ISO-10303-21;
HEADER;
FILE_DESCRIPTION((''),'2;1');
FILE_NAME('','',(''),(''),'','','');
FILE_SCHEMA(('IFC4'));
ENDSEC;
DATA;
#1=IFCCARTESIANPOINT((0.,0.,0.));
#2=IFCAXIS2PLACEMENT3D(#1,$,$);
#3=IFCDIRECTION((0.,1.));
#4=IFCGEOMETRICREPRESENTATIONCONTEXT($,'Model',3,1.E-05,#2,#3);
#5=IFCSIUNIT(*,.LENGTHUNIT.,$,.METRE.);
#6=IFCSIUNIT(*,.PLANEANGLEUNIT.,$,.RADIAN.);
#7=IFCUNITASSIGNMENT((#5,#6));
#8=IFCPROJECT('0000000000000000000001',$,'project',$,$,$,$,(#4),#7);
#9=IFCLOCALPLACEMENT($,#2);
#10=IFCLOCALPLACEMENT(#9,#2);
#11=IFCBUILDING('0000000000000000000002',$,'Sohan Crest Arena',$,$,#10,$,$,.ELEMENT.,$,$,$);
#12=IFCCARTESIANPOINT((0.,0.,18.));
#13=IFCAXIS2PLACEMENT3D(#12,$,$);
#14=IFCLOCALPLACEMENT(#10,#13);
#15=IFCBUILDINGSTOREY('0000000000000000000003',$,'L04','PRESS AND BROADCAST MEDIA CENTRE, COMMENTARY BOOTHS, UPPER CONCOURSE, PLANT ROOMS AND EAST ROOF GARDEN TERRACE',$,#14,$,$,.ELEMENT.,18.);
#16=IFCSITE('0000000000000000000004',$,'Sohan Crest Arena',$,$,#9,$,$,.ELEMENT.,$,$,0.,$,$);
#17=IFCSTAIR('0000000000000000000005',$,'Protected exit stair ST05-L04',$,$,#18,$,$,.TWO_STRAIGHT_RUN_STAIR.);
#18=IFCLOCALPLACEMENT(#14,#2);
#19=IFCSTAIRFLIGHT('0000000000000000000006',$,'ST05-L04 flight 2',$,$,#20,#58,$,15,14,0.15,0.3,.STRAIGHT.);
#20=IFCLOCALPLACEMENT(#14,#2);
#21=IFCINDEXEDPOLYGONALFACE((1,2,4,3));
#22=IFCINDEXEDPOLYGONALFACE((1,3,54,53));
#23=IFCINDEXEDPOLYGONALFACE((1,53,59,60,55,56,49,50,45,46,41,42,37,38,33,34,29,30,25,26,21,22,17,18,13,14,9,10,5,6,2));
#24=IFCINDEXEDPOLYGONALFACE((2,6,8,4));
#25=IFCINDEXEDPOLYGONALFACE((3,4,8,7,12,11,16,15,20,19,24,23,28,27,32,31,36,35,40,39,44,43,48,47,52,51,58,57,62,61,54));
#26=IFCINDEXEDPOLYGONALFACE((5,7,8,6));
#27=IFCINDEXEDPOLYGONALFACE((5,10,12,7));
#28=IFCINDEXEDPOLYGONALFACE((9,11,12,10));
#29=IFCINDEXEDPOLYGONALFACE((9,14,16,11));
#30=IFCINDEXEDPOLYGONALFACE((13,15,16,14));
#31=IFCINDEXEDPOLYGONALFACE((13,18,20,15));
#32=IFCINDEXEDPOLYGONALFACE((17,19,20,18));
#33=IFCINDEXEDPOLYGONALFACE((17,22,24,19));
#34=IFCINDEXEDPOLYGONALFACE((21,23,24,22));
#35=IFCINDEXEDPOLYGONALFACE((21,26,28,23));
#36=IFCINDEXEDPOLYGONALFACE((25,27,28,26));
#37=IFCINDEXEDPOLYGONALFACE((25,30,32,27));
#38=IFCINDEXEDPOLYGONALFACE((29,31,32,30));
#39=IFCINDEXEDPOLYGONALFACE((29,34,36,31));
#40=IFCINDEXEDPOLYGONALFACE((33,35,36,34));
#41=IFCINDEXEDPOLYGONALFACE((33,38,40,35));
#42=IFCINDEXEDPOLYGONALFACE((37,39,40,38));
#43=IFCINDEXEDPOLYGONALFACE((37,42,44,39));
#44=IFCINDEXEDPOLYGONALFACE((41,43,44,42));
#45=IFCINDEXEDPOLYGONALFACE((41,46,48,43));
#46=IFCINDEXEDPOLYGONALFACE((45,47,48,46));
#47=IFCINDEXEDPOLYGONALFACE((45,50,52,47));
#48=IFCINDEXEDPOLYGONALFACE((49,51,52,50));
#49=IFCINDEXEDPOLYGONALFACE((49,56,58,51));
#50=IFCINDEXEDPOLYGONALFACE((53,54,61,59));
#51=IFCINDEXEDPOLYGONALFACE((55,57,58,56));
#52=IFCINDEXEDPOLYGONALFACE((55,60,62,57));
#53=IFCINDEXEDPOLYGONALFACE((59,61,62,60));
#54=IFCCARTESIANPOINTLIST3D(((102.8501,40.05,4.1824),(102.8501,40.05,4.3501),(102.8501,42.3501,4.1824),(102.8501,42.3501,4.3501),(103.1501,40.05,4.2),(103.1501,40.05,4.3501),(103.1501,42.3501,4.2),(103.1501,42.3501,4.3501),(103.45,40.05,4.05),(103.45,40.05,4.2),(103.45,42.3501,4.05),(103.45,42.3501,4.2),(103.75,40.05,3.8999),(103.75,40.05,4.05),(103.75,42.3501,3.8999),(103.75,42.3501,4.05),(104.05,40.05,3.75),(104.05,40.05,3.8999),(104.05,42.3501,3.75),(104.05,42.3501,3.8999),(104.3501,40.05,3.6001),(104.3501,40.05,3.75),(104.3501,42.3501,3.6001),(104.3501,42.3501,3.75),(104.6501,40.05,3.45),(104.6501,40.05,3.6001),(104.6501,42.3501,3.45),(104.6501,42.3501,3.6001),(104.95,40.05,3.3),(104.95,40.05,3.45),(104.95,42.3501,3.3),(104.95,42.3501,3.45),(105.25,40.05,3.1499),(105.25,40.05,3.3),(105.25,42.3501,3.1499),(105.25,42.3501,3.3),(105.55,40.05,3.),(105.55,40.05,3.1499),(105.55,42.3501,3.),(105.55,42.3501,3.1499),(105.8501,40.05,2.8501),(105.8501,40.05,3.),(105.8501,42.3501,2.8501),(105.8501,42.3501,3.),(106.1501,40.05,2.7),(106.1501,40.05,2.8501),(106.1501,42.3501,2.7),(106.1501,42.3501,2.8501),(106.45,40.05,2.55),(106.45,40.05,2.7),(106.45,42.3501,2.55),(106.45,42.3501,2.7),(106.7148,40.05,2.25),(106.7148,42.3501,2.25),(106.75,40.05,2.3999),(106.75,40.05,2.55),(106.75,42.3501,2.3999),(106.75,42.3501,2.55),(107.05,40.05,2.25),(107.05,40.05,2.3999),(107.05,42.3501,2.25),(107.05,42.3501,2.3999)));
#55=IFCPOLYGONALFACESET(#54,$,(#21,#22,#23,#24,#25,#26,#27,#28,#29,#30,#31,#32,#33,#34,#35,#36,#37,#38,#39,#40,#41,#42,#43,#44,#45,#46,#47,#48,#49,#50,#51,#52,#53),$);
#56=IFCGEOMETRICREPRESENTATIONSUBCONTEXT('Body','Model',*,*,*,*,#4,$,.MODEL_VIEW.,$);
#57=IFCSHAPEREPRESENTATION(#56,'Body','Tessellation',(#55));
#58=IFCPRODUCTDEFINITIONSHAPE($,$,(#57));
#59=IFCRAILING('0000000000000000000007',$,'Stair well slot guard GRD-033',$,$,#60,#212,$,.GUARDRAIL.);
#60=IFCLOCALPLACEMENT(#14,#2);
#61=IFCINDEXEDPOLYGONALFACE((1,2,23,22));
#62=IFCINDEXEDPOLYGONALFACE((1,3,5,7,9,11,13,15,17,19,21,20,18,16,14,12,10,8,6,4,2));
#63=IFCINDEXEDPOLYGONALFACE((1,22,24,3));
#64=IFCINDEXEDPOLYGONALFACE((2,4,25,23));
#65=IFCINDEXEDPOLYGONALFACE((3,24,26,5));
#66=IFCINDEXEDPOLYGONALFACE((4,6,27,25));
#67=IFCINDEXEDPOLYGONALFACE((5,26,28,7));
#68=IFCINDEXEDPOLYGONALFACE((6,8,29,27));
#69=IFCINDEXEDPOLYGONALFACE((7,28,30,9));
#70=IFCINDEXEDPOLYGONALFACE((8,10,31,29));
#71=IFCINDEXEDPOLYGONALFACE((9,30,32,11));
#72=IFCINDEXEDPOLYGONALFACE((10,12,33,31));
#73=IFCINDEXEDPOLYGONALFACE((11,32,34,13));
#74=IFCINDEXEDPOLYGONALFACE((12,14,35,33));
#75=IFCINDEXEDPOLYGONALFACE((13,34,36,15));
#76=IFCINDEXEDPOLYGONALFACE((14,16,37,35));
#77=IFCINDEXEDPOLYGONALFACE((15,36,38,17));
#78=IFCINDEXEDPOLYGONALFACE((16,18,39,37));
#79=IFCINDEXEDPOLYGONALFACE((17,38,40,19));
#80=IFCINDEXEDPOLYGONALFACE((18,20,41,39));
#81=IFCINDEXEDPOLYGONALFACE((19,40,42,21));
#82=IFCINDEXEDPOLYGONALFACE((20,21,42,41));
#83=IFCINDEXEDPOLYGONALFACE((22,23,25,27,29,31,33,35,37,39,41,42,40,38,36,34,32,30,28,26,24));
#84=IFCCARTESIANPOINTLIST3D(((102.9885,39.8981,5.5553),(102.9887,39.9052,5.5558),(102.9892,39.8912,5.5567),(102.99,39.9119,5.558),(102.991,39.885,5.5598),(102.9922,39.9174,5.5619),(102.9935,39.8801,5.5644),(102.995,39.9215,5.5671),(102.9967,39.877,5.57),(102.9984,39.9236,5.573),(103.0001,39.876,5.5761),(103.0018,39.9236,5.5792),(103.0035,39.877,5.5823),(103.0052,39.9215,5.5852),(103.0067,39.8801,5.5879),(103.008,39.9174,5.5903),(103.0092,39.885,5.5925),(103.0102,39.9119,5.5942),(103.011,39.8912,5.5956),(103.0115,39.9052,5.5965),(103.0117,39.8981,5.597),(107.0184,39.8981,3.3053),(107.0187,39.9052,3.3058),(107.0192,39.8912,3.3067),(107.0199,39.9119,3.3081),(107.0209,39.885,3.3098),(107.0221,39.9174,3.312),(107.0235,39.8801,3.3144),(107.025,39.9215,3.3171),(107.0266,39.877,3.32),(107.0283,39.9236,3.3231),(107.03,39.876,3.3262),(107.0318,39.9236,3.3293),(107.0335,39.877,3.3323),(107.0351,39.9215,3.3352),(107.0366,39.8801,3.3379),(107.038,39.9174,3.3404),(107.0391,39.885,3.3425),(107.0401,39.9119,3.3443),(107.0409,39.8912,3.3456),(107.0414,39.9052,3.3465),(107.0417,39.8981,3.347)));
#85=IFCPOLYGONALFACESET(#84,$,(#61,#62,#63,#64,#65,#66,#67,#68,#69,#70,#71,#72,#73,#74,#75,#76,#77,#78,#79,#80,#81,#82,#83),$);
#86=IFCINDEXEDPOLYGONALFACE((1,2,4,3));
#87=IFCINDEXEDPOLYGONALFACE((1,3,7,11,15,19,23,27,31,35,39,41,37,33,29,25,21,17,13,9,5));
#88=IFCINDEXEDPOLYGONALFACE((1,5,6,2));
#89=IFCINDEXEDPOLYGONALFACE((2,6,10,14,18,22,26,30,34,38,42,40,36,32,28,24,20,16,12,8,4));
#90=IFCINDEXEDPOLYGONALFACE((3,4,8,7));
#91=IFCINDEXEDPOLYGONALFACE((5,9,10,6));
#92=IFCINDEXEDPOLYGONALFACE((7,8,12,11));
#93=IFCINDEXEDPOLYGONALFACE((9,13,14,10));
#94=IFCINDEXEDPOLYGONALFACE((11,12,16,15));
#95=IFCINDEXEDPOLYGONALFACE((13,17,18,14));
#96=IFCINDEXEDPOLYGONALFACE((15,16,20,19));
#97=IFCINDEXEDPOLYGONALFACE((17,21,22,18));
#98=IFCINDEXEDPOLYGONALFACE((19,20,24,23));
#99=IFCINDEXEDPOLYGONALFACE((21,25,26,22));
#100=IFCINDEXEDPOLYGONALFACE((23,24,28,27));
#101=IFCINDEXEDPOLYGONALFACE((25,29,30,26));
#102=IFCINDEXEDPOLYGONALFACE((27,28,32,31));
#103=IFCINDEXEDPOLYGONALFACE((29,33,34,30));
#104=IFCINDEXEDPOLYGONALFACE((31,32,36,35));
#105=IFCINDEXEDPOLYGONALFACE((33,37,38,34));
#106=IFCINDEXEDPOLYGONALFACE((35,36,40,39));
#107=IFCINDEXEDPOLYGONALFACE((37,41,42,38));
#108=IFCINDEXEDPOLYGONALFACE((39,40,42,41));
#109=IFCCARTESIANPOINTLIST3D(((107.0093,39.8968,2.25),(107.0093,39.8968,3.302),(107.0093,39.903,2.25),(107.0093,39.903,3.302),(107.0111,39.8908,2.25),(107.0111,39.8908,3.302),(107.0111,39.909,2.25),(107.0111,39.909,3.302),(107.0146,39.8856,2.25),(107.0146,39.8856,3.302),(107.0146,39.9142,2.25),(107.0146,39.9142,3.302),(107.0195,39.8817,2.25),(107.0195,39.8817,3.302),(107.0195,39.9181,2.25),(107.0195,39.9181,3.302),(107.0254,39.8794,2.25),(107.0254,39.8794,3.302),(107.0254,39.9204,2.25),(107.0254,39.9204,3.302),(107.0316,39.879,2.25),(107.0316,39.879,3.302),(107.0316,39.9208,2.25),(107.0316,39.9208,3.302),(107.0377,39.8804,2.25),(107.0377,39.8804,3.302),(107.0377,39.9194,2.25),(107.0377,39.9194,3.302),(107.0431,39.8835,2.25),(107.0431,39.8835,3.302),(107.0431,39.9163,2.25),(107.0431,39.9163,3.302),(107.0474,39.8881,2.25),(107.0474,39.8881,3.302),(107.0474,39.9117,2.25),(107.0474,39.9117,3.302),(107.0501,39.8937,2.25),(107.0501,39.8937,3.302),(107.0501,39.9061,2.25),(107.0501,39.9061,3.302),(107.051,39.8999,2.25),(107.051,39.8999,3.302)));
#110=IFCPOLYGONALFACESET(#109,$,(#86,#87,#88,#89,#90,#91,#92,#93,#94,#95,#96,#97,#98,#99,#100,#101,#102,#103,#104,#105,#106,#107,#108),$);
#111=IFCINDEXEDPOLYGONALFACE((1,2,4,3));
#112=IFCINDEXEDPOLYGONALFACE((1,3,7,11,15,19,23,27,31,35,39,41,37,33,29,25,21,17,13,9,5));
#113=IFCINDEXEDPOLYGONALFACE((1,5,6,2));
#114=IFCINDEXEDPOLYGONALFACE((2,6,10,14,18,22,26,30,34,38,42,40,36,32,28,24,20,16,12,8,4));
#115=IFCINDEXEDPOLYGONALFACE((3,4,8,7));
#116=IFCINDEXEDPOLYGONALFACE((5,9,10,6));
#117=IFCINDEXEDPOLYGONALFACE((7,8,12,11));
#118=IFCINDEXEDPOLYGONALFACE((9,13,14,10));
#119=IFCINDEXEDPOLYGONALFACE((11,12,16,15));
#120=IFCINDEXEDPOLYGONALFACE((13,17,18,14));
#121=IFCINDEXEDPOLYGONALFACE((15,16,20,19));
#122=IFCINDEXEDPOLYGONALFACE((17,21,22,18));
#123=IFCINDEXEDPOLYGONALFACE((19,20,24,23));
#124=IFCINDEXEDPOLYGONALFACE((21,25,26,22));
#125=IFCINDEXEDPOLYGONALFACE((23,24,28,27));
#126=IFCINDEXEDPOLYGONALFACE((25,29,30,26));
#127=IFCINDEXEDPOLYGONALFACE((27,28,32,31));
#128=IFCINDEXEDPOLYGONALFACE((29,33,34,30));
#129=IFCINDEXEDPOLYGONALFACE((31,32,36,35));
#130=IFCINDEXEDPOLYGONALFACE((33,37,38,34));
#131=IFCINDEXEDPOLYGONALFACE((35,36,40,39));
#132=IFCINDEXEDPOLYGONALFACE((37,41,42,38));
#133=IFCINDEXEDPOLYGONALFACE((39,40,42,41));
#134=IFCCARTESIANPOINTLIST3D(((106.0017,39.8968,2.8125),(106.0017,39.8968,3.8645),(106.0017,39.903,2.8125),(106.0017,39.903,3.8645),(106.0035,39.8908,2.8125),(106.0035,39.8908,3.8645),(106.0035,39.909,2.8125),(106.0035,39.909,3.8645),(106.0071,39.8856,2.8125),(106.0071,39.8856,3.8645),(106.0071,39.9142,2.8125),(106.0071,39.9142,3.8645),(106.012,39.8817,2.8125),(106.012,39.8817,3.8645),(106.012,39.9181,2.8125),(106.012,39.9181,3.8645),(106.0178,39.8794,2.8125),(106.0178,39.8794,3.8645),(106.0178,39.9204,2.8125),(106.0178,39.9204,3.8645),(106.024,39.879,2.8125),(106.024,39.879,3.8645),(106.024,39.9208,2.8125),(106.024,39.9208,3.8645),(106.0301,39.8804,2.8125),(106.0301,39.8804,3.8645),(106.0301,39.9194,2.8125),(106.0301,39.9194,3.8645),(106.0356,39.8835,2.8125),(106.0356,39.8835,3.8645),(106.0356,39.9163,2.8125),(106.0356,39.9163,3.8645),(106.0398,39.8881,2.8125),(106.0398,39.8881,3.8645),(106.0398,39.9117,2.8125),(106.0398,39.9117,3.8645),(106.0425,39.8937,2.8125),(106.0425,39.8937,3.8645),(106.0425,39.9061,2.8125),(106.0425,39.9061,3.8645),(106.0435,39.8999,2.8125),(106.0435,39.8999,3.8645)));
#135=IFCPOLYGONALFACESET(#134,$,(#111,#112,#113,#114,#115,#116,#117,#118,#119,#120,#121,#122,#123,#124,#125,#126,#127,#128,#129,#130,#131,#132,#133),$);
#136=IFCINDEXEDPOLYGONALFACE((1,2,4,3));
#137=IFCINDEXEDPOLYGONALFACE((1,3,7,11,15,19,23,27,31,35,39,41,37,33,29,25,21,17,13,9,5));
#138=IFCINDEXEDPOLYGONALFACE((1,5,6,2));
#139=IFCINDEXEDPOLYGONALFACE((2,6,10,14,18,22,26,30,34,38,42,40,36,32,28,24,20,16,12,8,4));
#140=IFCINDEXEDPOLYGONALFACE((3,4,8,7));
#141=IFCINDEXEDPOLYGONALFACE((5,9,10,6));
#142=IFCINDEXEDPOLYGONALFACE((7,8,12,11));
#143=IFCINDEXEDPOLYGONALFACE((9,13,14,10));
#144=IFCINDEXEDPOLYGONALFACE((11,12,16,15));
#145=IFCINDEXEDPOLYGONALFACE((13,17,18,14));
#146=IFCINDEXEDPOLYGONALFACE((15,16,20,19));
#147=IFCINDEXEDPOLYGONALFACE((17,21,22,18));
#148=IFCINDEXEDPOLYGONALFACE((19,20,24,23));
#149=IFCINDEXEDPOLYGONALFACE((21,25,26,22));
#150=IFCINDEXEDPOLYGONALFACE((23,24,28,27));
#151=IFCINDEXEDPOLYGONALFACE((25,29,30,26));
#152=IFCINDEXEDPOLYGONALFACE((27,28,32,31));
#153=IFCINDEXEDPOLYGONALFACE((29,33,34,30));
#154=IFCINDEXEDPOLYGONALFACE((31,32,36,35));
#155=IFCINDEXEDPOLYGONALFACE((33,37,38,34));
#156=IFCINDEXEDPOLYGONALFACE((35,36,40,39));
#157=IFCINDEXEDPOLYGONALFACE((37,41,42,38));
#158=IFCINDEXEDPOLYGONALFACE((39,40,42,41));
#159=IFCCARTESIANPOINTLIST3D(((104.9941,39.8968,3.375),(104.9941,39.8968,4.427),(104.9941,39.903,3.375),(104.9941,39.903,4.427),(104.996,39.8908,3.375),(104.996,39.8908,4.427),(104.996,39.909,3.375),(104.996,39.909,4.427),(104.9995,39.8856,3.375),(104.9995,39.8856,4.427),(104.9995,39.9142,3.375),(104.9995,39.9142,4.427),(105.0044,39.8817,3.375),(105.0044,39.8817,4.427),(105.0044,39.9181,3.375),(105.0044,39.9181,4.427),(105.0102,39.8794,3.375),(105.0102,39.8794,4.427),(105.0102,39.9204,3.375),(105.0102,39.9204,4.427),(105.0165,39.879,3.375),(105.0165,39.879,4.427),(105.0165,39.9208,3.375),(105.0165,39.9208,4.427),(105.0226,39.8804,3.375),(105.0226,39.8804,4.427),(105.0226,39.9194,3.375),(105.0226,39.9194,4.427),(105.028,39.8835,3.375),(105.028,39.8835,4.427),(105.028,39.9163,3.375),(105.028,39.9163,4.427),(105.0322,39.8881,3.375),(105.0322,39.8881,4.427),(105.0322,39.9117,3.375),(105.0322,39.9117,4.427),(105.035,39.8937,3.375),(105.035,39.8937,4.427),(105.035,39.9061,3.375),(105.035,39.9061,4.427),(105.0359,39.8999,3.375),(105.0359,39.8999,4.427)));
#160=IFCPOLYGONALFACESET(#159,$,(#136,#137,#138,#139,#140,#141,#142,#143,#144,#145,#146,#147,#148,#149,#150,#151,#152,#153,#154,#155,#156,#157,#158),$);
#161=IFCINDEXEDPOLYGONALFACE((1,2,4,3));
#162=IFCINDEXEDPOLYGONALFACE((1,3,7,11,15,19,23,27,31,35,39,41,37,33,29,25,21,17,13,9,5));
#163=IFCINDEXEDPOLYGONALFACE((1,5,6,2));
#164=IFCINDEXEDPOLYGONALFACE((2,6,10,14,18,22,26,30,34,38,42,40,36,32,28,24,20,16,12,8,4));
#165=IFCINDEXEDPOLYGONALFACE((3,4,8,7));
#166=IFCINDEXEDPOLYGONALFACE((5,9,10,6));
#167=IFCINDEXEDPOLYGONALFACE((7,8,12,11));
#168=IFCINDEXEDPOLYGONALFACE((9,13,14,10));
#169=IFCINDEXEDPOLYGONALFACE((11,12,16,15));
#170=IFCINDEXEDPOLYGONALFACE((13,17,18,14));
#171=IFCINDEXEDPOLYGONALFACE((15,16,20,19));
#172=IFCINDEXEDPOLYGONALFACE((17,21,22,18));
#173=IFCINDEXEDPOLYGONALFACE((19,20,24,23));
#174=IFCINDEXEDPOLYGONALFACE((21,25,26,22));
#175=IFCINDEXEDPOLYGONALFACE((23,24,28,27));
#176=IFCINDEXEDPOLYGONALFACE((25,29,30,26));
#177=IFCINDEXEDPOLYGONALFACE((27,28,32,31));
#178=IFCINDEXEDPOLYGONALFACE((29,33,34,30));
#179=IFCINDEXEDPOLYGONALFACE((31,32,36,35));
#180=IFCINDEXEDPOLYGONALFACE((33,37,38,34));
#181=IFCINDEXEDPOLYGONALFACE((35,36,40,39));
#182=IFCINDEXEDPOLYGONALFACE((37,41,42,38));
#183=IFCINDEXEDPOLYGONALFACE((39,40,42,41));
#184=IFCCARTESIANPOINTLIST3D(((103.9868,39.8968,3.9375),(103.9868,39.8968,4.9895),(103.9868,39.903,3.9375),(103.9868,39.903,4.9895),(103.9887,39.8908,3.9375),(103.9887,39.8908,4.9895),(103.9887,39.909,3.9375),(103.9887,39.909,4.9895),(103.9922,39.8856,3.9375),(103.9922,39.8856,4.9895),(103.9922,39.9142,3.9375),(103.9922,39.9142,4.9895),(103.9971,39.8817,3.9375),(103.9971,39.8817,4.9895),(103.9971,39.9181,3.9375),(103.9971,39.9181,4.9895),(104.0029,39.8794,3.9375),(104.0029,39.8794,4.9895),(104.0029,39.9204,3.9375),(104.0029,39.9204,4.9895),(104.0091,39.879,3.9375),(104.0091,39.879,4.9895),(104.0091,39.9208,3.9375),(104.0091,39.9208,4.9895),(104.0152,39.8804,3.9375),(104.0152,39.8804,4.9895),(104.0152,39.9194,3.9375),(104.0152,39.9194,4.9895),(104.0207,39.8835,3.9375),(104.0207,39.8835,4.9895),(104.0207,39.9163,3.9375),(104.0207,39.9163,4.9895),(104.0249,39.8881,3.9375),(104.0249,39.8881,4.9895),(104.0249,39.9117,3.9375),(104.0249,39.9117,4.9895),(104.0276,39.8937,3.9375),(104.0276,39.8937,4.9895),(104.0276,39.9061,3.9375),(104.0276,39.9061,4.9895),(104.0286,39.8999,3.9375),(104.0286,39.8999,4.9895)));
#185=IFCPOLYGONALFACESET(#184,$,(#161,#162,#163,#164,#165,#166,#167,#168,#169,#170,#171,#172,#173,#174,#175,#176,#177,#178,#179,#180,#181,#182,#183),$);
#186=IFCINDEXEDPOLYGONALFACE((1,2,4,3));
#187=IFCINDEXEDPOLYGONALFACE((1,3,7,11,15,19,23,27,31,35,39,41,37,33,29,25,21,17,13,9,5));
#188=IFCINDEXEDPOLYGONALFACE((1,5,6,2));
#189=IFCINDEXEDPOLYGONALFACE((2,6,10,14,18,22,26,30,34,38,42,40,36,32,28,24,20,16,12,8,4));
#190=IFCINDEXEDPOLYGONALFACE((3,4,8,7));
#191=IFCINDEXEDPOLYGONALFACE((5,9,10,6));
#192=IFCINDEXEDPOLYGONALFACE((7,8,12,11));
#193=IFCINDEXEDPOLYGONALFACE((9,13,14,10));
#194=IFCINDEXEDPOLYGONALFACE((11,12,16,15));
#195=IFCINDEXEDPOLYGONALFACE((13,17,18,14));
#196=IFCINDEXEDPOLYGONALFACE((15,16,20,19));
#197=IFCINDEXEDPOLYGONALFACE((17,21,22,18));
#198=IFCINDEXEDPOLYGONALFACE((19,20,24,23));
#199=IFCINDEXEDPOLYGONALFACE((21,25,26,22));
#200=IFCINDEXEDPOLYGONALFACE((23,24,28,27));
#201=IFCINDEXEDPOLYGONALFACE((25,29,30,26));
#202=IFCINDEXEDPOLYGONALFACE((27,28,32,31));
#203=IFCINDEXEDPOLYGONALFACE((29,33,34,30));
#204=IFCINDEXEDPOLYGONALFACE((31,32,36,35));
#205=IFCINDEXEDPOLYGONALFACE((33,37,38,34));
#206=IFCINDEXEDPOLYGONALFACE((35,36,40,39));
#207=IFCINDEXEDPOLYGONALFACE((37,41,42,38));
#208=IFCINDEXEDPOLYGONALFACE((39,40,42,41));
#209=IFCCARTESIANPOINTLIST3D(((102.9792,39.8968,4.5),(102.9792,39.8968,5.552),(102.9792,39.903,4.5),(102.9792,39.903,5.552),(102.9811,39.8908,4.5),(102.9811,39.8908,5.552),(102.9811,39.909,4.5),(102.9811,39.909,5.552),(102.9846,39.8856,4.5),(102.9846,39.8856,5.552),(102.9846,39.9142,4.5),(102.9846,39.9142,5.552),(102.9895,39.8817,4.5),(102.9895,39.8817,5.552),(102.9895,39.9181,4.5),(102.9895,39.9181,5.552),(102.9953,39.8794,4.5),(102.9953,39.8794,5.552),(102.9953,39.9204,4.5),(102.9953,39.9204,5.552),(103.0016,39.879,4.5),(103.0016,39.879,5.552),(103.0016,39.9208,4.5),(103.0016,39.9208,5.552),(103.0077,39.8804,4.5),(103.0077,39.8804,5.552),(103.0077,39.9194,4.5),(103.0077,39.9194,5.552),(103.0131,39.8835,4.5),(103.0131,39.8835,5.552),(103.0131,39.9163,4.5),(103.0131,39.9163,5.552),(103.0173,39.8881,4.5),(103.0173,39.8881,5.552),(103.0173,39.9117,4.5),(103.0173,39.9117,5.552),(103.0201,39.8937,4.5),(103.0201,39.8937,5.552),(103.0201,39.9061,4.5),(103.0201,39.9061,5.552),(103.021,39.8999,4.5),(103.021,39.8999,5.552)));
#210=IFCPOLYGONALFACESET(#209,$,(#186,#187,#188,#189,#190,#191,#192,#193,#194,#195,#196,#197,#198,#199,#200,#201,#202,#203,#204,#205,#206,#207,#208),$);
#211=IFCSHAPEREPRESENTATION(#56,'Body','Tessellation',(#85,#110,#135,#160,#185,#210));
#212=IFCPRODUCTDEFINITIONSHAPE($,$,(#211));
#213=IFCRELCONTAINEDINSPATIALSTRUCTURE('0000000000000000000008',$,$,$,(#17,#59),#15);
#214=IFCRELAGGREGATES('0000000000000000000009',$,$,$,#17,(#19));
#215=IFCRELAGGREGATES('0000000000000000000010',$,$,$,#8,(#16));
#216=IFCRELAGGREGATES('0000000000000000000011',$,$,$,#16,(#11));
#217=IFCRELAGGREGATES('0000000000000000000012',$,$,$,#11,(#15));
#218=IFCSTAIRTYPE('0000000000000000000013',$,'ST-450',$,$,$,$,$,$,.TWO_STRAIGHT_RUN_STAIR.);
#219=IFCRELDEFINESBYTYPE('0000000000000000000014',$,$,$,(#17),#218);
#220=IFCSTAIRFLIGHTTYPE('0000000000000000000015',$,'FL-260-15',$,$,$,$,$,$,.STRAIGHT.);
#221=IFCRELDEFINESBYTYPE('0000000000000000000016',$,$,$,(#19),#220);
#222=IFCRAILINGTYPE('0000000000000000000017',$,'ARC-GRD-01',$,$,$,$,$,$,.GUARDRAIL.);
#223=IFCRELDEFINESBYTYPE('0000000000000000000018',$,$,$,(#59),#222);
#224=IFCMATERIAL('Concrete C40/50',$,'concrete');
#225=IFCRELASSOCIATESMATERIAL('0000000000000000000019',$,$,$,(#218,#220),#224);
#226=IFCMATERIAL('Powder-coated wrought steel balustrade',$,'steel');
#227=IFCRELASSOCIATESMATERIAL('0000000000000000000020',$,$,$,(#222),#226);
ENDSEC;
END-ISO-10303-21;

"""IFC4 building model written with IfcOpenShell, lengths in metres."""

from ifc_helpers import new_model, si_unit, direction, frame, origin, origin_2d, place, context, subcontext, project, spatial, polyline, circle, outline, extrude, material, type_object, element, aggregate, save


model = new_model("IFC4")

# Units and contexts
model_context = context("Model", 3, precision=1e-05, world=origin(), true_north=direction((0.0, 1.0)))
body_context = subcontext(model_context, "Body", "Model", "MODEL_VIEW")
ifc_project = project(units=[si_unit("LENGTHUNIT", "METRE"), si_unit("PLANEANGLEUNIT", "RADIAN")], contexts=[model_context])

# Site, building, storey
site_placement = place(None, origin())
site = spatial("IfcSite", under=ifc_project, at=site_placement, Name="Sohan Crest Arena", CompositionType="ELEMENT", RefElevation=0.0)
building_placement = place(site_placement, origin())
building = spatial("IfcBuilding", under=site, at=building_placement, Name="Sohan Crest Arena", CompositionType="ELEMENT")
storey_placement = place(building_placement, frame((0.0, 0.0, 18.0)))
storey = spatial("IfcBuildingStorey", under=building, at=storey_placement, Name="L04", Description="PRESS AND BROADCAST MEDIA CENTRE, COMMENTARY BOOTHS, UPPER CONCOURSE, PLANT ROOMS AND EAST ROOF GARDEN TERRACE", CompositionType="ELEMENT", Elevation=18.0)

# Shared definitions
ifc_material_1 = material(Name="Concrete C40/50", Category="concrete")

# Stair, stair flight
stair_type = type_object("IfcStairType", Name="ST-450", PredefinedType="TWO_STRAIGHT_RUN_STAIR", material=ifc_material_1)
stair_placement = place(storey_placement, origin())
stair = element("IfcStair", 1, at=stair_placement, inside=storey, type_object=stair_type, Name="Protected exit stair ST05-L04", PredefinedType="TWO_STRAIGHT_RUN_STAIR")
stair_flight_type = type_object("IfcStairFlightType", Name="FL-260-15", PredefinedType="STRAIGHT", material=ifc_material_1)
stair_flight_1_placement = place(storey_placement, frame((107.05, 41.2, 2.25), z_axis=(0.0, 0.0, 1.0), x_axis=(-1.0, 0.0, 0.0)))
stair_flight_1 = element("IfcStairFlight", 2, at=stair_flight_1_placement, type_object=stair_flight_type, Name="ST05-L04 flight 2", NumberOfRisers=15, NumberOfTreads=14, PredefinedType="STRAIGHT", RiserHeight=0.15, TreadLength=0.3, context=body_context, shape_type="SweptSolid", body=[
    extrude(outline(polyline([(0.0, 0.0), (0.0, 0.1499), (0.3, 0.1499), (0.3, 0.3), (0.6001, 0.3), (0.6001, 0.45), (0.8999, 0.45), (0.8999, 0.6001), (1.2, 0.6001), (1.2, 0.75), (1.5, 0.75), (1.5, 0.8999), (1.8, 0.8999), (1.8, 1.05), (2.1001, 1.05), (2.1001, 1.2), (2.3999, 1.2), (2.3999, 1.3501), (2.7, 1.3501), (2.7, 1.5), (3.0, 1.5), (3.0, 1.6499), (3.3, 1.6499), (3.3, 1.8), (3.6001, 1.8), (3.6001, 1.95), (3.8999, 1.95), (3.8999, 2.1001), (4.2, 2.1001), (4.2, 2.25), (4.2, 1.9324), (0.3352, 0.0), (0.0, 0.0)])), frame((0.0, 1.1499, 0.0), z_axis=(0.0, -1.0, 0.0), x_axis=(1.0, 0.0, 0.0)), (0.0, 0.0, 1.0), 2.3),
])
aggregate(stair, [stair_flight_1])

# Railing
ifc_material_2 = material(Name="Powder-coated wrought steel balustrade", Category="steel")
railing_type_1 = type_object("IfcRailingType", Name="ARC-GRD-01", PredefinedType="GUARDRAIL", material=ifc_material_2)
railing_1_placement = place(storey_placement, frame((107.03, 39.8999, 2.25)))
element("IfcRailing", 3, at=railing_1_placement, inside=storey, type_object=railing_type_1, Name="Stair well slot guard GRD-033", PredefinedType="GUARDRAIL", context=body_context, shape_type="SweptSolid", body=[
    extrude(circle(Radius=0.0239, at=origin_2d()), frame((0.0, 0.0, 1.0762), z_axis=(-0.873135, 0.0, 0.487479), x_axis=(0.0, -1.0, 0.0)), (0.0, 0.0, 1.0), 4.6155),
    extrude(circle(Radius=0.021, at=origin_2d()), origin(), (0.0, 0.0, 1.0), 1.052),
    extrude(circle(Radius=0.021, at=origin_2d()), frame((-1.0076, 0.0, 0.5625)), (0.0, 0.0, 1.0), 1.052),
    extrude(circle(Radius=0.021, at=origin_2d()), frame((-2.0151, 0.0, 1.125)), (0.0, 0.0, 1.0), 1.052),
    extrude(circle(Radius=0.021, at=origin_2d()), frame((-3.0225, 0.0, 1.6875)), (0.0, 0.0, 1.0), 1.052),
    extrude(circle(Radius=0.021, at=origin_2d()), frame((-4.03, 0.0, 2.25)), (0.0, 0.0, 1.0), 1.052),
])

save(model, "model.ifc")
